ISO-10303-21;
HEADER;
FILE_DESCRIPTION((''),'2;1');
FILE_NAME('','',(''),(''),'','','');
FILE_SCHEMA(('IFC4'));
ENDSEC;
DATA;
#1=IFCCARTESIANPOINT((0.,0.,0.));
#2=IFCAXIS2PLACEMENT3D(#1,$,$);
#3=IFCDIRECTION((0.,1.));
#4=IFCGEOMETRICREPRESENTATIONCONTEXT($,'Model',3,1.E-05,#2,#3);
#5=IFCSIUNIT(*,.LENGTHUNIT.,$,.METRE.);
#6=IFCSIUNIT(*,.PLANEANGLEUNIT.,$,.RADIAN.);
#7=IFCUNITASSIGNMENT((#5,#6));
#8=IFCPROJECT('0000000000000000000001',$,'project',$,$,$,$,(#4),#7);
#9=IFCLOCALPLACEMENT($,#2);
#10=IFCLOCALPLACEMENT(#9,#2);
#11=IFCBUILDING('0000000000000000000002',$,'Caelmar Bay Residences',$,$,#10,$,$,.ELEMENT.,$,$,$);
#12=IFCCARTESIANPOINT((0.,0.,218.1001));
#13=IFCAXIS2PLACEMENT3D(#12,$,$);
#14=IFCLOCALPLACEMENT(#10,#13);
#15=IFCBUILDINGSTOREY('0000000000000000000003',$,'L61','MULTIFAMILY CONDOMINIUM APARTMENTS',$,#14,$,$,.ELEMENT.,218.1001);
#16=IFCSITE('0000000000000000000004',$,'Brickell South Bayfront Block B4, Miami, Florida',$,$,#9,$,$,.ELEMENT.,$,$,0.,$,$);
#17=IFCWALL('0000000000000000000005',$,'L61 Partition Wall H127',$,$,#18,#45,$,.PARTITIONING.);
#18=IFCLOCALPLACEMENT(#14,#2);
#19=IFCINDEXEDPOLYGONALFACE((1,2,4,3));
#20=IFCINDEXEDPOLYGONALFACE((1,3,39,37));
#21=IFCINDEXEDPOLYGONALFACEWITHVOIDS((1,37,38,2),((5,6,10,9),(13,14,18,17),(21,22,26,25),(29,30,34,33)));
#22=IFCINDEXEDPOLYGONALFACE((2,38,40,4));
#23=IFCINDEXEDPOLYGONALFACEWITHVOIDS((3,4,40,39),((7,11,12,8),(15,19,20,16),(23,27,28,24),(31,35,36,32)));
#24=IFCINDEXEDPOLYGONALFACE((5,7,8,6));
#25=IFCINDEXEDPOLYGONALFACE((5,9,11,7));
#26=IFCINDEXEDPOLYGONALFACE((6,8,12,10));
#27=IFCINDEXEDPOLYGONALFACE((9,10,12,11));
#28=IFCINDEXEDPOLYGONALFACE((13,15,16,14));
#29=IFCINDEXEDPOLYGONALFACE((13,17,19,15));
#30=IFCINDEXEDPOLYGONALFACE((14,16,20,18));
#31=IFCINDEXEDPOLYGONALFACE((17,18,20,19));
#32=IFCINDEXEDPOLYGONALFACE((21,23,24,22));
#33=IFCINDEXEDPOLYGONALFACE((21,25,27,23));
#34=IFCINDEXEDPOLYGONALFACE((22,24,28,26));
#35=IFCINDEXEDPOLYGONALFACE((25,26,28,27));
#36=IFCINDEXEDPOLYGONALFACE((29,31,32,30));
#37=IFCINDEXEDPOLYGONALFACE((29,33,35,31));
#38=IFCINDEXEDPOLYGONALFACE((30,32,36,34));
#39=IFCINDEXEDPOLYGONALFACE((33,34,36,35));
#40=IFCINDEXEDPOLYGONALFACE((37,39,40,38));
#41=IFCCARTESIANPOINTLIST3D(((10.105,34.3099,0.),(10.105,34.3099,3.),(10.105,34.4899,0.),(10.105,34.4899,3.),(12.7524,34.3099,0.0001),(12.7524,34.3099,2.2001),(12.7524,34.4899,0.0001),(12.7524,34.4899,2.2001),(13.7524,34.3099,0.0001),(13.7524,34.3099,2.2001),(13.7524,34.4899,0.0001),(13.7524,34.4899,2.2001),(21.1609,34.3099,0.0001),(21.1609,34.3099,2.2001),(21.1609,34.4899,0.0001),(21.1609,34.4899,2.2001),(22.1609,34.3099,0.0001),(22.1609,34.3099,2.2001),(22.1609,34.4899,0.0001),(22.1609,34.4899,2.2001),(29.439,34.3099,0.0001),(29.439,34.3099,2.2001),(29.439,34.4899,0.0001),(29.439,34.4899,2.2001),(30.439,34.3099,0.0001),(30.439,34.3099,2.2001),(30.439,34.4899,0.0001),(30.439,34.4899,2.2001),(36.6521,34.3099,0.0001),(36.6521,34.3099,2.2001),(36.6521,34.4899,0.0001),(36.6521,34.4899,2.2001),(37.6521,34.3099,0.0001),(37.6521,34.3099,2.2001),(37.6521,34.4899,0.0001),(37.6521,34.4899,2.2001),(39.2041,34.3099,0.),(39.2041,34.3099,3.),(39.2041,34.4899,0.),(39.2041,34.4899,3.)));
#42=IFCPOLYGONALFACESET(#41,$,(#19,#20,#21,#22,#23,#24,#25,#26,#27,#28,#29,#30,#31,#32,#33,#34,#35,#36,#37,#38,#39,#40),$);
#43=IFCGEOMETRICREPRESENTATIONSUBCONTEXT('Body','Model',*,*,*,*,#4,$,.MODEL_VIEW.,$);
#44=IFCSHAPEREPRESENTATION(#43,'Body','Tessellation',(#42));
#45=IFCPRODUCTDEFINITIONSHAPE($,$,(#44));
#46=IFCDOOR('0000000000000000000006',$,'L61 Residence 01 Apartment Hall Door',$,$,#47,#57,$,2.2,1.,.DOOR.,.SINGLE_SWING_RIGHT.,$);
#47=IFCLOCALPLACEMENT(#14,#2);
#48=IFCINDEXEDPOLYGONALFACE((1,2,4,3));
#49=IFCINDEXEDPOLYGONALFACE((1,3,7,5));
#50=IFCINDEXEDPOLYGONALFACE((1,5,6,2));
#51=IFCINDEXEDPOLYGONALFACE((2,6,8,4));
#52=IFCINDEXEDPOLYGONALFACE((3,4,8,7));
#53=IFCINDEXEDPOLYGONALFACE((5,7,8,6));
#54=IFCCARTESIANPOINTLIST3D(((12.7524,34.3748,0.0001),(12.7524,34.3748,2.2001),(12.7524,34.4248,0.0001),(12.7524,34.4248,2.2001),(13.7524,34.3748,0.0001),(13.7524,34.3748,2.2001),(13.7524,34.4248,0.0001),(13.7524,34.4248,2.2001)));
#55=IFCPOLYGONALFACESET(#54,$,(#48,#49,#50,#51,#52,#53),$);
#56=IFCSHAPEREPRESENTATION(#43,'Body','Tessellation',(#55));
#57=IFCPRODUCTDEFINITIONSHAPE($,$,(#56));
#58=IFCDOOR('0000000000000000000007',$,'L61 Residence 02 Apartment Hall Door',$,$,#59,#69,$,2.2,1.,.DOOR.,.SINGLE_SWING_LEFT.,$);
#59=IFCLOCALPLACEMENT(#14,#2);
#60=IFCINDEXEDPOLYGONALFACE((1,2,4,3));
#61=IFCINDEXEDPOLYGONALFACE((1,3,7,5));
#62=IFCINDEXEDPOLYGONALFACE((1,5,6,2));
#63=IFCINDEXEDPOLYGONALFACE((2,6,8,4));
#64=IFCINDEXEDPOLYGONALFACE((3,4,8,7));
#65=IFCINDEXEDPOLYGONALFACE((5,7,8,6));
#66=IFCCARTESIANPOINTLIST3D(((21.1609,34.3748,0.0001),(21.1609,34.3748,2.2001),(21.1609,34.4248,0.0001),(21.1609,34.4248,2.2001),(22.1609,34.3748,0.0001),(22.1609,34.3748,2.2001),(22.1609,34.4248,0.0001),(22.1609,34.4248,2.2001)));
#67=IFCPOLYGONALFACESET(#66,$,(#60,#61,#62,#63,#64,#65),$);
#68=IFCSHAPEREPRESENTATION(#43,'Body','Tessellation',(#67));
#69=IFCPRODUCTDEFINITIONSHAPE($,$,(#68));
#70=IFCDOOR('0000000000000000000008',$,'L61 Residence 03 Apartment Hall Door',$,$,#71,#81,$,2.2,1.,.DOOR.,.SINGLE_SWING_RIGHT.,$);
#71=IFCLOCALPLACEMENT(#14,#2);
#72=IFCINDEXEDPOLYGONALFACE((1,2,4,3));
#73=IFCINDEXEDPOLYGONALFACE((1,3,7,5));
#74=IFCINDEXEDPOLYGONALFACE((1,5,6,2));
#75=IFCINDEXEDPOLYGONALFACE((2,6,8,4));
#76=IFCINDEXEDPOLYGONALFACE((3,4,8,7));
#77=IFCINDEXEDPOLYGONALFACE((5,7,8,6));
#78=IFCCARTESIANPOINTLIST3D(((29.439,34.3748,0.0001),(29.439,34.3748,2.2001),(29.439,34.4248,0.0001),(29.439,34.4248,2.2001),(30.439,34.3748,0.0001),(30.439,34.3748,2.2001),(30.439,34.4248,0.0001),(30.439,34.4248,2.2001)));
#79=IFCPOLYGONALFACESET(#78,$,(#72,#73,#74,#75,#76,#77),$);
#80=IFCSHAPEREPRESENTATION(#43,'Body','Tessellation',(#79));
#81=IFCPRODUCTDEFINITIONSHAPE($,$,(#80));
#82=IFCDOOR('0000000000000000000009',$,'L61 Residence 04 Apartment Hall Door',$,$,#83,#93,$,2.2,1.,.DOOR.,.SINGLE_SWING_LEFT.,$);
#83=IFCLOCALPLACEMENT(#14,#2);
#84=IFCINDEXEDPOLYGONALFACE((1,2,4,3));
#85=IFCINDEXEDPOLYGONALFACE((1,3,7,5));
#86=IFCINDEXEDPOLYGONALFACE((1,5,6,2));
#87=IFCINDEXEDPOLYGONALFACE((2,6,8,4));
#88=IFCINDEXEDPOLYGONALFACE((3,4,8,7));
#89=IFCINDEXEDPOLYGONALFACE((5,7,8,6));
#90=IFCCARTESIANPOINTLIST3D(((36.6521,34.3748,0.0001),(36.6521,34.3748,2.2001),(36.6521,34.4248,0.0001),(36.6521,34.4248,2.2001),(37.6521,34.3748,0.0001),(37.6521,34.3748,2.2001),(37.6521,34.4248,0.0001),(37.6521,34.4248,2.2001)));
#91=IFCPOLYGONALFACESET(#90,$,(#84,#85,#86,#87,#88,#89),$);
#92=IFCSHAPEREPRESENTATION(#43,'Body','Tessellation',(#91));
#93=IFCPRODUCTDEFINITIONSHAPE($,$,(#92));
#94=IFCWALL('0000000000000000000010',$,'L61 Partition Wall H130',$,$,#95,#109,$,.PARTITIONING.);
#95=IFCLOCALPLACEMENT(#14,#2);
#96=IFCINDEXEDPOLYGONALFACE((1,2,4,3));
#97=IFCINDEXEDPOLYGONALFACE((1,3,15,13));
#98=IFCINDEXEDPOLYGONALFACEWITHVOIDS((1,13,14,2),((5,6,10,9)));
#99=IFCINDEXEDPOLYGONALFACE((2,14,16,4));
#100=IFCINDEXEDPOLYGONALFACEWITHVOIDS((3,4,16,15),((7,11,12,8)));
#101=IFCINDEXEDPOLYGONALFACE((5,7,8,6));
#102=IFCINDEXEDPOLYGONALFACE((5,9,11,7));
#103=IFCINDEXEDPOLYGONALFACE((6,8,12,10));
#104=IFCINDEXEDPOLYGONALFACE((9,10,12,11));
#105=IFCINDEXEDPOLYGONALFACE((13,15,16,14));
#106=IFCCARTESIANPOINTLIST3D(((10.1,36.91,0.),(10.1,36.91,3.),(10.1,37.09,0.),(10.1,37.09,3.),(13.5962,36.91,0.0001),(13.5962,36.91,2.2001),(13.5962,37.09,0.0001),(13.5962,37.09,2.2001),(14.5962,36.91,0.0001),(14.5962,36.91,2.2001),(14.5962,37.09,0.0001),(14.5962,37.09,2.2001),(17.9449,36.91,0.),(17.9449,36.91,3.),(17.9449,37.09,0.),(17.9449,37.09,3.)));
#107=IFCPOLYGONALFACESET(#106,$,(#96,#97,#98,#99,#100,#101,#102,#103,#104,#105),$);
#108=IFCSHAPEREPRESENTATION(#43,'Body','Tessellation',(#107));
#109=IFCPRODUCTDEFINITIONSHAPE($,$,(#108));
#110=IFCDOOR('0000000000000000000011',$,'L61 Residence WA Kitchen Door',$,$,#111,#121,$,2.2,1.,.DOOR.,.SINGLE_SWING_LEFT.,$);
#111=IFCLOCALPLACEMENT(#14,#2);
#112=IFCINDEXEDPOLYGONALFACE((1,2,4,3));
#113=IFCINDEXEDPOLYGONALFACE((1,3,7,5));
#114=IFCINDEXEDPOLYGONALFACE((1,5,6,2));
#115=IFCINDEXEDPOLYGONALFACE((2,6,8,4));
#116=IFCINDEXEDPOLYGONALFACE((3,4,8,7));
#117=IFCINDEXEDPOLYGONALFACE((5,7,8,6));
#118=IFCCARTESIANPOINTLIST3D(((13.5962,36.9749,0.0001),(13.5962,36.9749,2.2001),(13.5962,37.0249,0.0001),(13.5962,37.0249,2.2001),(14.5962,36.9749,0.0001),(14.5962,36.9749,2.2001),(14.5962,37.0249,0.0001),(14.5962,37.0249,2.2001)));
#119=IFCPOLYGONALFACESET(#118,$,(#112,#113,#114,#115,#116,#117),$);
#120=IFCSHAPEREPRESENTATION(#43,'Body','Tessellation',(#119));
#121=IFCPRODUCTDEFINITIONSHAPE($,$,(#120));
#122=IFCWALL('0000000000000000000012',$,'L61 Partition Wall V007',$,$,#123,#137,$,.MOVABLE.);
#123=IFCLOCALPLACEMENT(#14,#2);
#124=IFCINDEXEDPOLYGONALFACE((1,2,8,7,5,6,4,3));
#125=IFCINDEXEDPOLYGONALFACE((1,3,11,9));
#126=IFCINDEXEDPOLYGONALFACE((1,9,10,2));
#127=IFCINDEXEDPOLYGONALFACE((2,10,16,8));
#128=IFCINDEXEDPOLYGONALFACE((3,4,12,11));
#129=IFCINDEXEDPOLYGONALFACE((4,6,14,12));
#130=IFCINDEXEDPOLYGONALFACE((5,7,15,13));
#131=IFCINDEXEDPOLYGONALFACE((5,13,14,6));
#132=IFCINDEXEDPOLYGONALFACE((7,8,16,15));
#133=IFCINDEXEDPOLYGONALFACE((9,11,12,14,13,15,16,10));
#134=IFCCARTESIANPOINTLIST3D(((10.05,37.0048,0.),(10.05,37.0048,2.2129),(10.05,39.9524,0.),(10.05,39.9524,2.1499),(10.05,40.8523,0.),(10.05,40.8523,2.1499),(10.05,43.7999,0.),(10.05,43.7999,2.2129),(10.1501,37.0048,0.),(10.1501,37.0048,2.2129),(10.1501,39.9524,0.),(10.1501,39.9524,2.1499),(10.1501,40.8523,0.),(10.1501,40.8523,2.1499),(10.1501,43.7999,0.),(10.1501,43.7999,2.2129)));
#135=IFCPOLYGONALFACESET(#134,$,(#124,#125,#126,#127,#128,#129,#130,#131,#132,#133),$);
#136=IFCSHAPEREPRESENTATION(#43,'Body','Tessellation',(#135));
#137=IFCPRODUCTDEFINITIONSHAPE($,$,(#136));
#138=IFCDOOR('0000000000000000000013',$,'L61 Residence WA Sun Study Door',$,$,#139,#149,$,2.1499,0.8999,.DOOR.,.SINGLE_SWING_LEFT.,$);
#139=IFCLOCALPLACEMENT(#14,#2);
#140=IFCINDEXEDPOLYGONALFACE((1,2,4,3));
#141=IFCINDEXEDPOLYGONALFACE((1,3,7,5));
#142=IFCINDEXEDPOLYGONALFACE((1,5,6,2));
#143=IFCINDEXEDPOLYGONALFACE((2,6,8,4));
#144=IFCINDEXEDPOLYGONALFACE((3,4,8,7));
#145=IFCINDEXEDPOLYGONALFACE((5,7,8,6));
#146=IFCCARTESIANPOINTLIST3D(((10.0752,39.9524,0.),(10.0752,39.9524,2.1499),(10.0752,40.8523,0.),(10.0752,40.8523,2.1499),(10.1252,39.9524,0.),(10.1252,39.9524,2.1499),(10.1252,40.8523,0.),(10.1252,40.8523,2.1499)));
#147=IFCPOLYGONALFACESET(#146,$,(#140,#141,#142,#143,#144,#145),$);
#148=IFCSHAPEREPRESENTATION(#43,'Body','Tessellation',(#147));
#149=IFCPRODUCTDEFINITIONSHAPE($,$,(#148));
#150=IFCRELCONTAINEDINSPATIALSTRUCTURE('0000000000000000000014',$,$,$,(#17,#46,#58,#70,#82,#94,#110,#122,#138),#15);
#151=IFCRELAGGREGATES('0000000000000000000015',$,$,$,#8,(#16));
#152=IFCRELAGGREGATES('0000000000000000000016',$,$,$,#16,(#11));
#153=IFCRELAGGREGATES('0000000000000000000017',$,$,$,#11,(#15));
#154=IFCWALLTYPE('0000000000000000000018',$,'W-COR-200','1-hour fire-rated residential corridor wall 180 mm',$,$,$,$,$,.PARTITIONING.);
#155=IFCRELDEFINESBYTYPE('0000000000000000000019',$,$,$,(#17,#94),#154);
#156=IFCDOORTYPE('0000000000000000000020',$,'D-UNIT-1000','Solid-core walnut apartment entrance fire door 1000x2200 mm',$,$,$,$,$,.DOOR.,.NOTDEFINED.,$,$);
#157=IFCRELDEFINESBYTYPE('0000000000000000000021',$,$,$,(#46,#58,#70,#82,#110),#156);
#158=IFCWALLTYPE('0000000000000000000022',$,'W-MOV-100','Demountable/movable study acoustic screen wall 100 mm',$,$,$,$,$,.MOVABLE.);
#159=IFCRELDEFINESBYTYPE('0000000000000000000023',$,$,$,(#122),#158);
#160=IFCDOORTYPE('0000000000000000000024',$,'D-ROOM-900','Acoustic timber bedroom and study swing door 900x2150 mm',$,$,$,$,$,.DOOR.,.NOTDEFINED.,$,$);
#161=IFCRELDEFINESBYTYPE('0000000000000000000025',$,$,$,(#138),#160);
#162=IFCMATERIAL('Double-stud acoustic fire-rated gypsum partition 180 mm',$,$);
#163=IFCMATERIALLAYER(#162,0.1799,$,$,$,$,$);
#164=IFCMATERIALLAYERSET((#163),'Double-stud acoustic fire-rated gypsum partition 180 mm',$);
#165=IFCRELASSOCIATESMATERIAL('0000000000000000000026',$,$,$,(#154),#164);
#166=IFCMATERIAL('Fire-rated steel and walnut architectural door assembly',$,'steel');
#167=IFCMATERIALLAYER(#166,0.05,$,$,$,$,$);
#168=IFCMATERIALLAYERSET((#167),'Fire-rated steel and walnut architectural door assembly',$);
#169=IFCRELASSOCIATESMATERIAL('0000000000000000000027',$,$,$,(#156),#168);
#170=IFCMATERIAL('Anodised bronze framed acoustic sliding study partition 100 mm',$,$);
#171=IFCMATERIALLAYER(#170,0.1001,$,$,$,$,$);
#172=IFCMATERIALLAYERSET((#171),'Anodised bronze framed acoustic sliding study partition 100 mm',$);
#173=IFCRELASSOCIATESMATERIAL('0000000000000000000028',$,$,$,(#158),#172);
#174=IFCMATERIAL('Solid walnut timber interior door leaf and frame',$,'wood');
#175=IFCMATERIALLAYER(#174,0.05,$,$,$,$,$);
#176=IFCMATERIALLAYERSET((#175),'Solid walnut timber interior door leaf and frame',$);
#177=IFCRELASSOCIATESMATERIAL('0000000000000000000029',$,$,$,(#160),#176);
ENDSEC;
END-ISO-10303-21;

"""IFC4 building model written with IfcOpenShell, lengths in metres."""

from ifc_helpers import new_model, si_unit, direction, frame, frame_2d, origin, place, context, subcontext, project, spatial, rectangle, extrude, material, layer, layer_set, type_object, element, fill, save


model = new_model("IFC4")

# Units and contexts
model_context = context("Model", 3, precision=1e-05, world=origin(), true_north=direction((0.0, 1.0)))
body_context = subcontext(model_context, "Body", "Model", "MODEL_VIEW")
ifc_project = project(units=[si_unit("LENGTHUNIT", "METRE"), si_unit("PLANEANGLEUNIT", "RADIAN")], contexts=[model_context])

# Site, building, storey
site_placement = place(None, origin())
site = spatial("IfcSite", under=ifc_project, at=site_placement, Name="Brickell South Bayfront Block B4, Miami, Florida", CompositionType="ELEMENT", RefElevation=0.0)
building_placement = place(site_placement, origin())
building = spatial("IfcBuilding", under=site, at=building_placement, Name="Caelmar Bay Residences", CompositionType="ELEMENT")
storey_placement = place(building_placement, frame((0.0, 0.0, 218.1001)))
storey = spatial("IfcBuildingStorey", under=building, at=storey_placement, Name="L61", Description="MULTIFAMILY CONDOMINIUM APARTMENTS", CompositionType="ELEMENT", Elevation=218.1001)

# Shared definitions
ifc_material_1 = material(Name="Fire-rated steel and walnut architectural door assembly", Category="steel")

# Shared definitions
ifc_material_2 = material(Name="Double-stud acoustic fire-rated gypsum partition 180 mm")
ifc_layer_1 = layer(ifc_material_2, 0.1799)
ifc_layer_set_1 = layer_set([ifc_layer_1], Name="Double-stud acoustic fire-rated gypsum partition 180 mm")
wall_type_1 = type_object("IfcWallType", Name="W-COR-200", Description="1-hour fire-rated residential corridor wall 180 mm", PredefinedType="PARTITIONING", material=ifc_layer_set_1)

# Wall, openings, doors
wall_1_placement = place(storey_placement, frame((10.105, 34.3999, 0.0), z_axis=(0.0, 0.0, 1.0), x_axis=(1.0, 0.0, 0.0)))
wall_1 = element("IfcWall", 1, at=wall_1_placement, inside=storey, type_object=wall_type_1, Name="L61 Partition Wall H127", PredefinedType="PARTITIONING", context=body_context, shape_type="SweptSolid", body=[
    extrude(rectangle(XDim=29.0991, YDim=0.1799, at=frame_2d((14.5496, 0.0))), origin(), (0.0, 0.0, 1.0), 3.0),
])
opening_1_placement = place(wall_1_placement, frame((2.6475, 0.0, 0.0)))
opening_1 = element("IfcOpeningElement", 2, at=opening_1_placement, cuts=wall_1, PredefinedType="OPENING", context=body_context, shape_type="SweptSolid", body=[
    extrude(rectangle(XDim=1.0, YDim=2.2, at=frame_2d((0.5, 1.1001))), frame((0.0, 0.0999, 0.0), z_axis=(0.0, -1.0, 0.0), x_axis=(1.0, 0.0, 0.0)), (0.0, 0.0, 1.0), 0.2),
])
opening_2_placement = place(wall_1_placement, frame((11.0559, 0.0, 0.0)))
opening_2 = element("IfcOpeningElement", 3, at=opening_2_placement, cuts=wall_1, PredefinedType="OPENING", context=body_context, shape_type="SweptSolid", body=[
    extrude(rectangle(XDim=1.0, YDim=2.2, at=frame_2d((0.5, 1.1001))), frame((0.0, 0.0999, 0.0), z_axis=(0.0, -1.0, 0.0), x_axis=(1.0, 0.0, 0.0)), (0.0, 0.0, 1.0), 0.2),
])
opening_3_placement = place(wall_1_placement, frame((19.334, 0.0, 0.0)))
opening_3 = element("IfcOpeningElement", 4, at=opening_3_placement, cuts=wall_1, PredefinedType="OPENING", context=body_context, shape_type="SweptSolid", body=[
    extrude(rectangle(XDim=1.0, YDim=2.2, at=frame_2d((0.5, 1.1001))), frame((0.0, 0.0999, 0.0), z_axis=(0.0, -1.0, 0.0), x_axis=(1.0, 0.0, 0.0)), (0.0, 0.0, 1.0), 0.2),
])
opening_4_placement = place(wall_1_placement, frame((26.5471, 0.0, 0.0)))
opening_4 = element("IfcOpeningElement", 5, at=opening_4_placement, cuts=wall_1, PredefinedType="OPENING", context=body_context, shape_type="SweptSolid", body=[
    extrude(rectangle(XDim=1.0, YDim=2.2, at=frame_2d((0.5, 1.1001))), frame((0.0, 0.0999, 0.0), z_axis=(0.0, -1.0, 0.0), x_axis=(1.0, 0.0, 0.0)), (0.0, 0.0, 1.0), 0.2),
])
ifc_layer_2 = layer(ifc_material_1, 0.05)
ifc_layer_set_2 = layer_set([ifc_layer_2], Name="Fire-rated steel and walnut architectural door assembly")
door_type_1 = type_object("IfcDoorType", Name="D-UNIT-1000", Description="Solid-core walnut apartment entrance fire door 1000x2200 mm", OperationType="NOTDEFINED", PredefinedType="DOOR", material=ifc_layer_set_2)
door_1_placement = place(opening_1_placement, origin())
door_1 = element("IfcDoor", 6, at=door_1_placement, inside=storey, type_object=door_type_1, Name="L61 Residence 01 Apartment Hall Door", OperationType="SINGLE_SWING_RIGHT", OverallHeight=2.2, OverallWidth=1.0, PredefinedType="DOOR", context=body_context, shape_type="SweptSolid", body=[
    extrude(rectangle(XDim=1.0, YDim=2.2, at=frame_2d((0.5, 1.1001))), frame((0.0, 0.0249, 0.0), z_axis=(0.0, -1.0, 0.0), x_axis=(1.0, 0.0, 0.0)), (0.0, 0.0, 1.0), 0.05),
])
fill(opening_1, door_1)
door_2_placement = place(opening_2_placement, origin())
door_2 = element("IfcDoor", 7, at=door_2_placement, inside=storey, type_object=door_type_1, Name="L61 Residence 02 Apartment Hall Door", OperationType="SINGLE_SWING_LEFT", OverallHeight=2.2, OverallWidth=1.0, PredefinedType="DOOR", context=body_context, shape_type="SweptSolid", body=[
    extrude(rectangle(XDim=1.0, YDim=2.2, at=frame_2d((0.5, 1.1001))), frame((0.0, 0.0249, 0.0), z_axis=(0.0, -1.0, 0.0), x_axis=(1.0, 0.0, 0.0)), (0.0, 0.0, 1.0), 0.05),
])
fill(opening_2, door_2)
door_3_placement = place(opening_3_placement, origin())
door_3 = element("IfcDoor", 8, at=door_3_placement, inside=storey, type_object=door_type_1, Name="L61 Residence 03 Apartment Hall Door", OperationType="SINGLE_SWING_RIGHT", OverallHeight=2.2, OverallWidth=1.0, PredefinedType="DOOR", context=body_context, shape_type="SweptSolid", body=[
    extrude(rectangle(XDim=1.0, YDim=2.2, at=frame_2d((0.5, 1.1001))), frame((0.0, 0.0249, 0.0), z_axis=(0.0, -1.0, 0.0), x_axis=(1.0, 0.0, 0.0)), (0.0, 0.0, 1.0), 0.05),
])
fill(opening_3, door_3)
door_4_placement = place(opening_4_placement, origin())
door_4 = element("IfcDoor", 9, at=door_4_placement, inside=storey, type_object=door_type_1, Name="L61 Residence 04 Apartment Hall Door", OperationType="SINGLE_SWING_LEFT", OverallHeight=2.2, OverallWidth=1.0, PredefinedType="DOOR", context=body_context, shape_type="SweptSolid", body=[
    extrude(rectangle(XDim=1.0, YDim=2.2, at=frame_2d((0.5, 1.1001))), frame((0.0, 0.0249, 0.0), z_axis=(0.0, -1.0, 0.0), x_axis=(1.0, 0.0, 0.0)), (0.0, 0.0, 1.0), 0.05),
])
fill(opening_4, door_4)

# Walls, openings, doors
wall_2_placement = place(storey_placement, frame((10.1001, 37.0, 0.0), z_axis=(0.0, 0.0, 1.0), x_axis=(1.0, 0.0, 0.0)))
wall_2 = element("IfcWall", 10, at=wall_2_placement, inside=storey, type_object=wall_type_1, Name="L61 Partition Wall H130", PredefinedType="PARTITIONING", context=body_context, shape_type="SweptSolid", body=[
    extrude(rectangle(XDim=7.845, YDim=0.1799, at=frame_2d((3.9224, 0.0))), origin(), (0.0, 0.0, 1.0), 3.0),
])
opening_5_placement = place(wall_2_placement, frame((3.4961, 0.0, 0.0)))
opening_5 = element("IfcOpeningElement", 11, at=opening_5_placement, cuts=wall_2, PredefinedType="OPENING", context=body_context, shape_type="SweptSolid", body=[
    extrude(rectangle(XDim=1.0, YDim=2.2, at=frame_2d((0.5, 1.1001))), frame((0.0, 0.0999, 0.0), z_axis=(0.0, -1.0, 0.0), x_axis=(1.0, 0.0, 0.0)), (0.0, 0.0, 1.0), 0.2),
])
door_5_placement = place(opening_5_placement, origin())
door_5 = element("IfcDoor", 12, at=door_5_placement, inside=storey, type_object=door_type_1, Name="L61 Residence WA Kitchen Door", OperationType="SINGLE_SWING_LEFT", OverallHeight=2.2, OverallWidth=1.0, PredefinedType="DOOR", context=body_context, shape_type="SweptSolid", body=[
    extrude(rectangle(XDim=1.0, YDim=2.2, at=frame_2d((0.5, 1.1001))), frame((0.0, 0.0249, 0.0), z_axis=(0.0, -1.0, 0.0), x_axis=(1.0, 0.0, 0.0)), (0.0, 0.0, 1.0), 0.05),
])
fill(opening_5, door_5)
ifc_material_3 = material(Name="Anodised bronze framed acoustic sliding study partition 100 mm")
ifc_layer_3 = layer(ifc_material_3, 0.1001)
ifc_layer_set_3 = layer_set([ifc_layer_3], Name="Anodised bronze framed acoustic sliding study partition 100 mm")
wall_type_2 = type_object("IfcWallType", Name="W-MOV-100", Description="Demountable/movable study acoustic screen wall 100 mm", PredefinedType="MOVABLE", material=ifc_layer_set_3)
wall_3_placement = place(storey_placement, frame((10.1001, 37.0049, 0.0), z_axis=(0.0, 0.0, 1.0), x_axis=(0.0, 1.0, 0.0)))
wall_3 = element("IfcWall", 13, at=wall_3_placement, inside=storey, type_object=wall_type_2, Name="L61 Partition Wall V007", PredefinedType="MOVABLE", context=body_context, shape_type="SweptSolid", body=[
    extrude(rectangle(XDim=6.7952, YDim=0.1001, at=frame_2d((3.3975, 0.0))), origin(), (0.0, 0.0, 1.0), 2.2129),
])
opening_6_placement = place(wall_3_placement, frame((2.9475, 0.0, 0.0)))
opening_6 = element("IfcOpeningElement", 14, at=opening_6_placement, cuts=wall_3, PredefinedType="OPENING", context=body_context, shape_type="SweptSolid", body=[
    extrude(rectangle(XDim=0.8999, YDim=2.1499, at=frame_2d((0.45, 1.075))), frame((0.0, 0.0601, 0.0), z_axis=(0.0, -1.0, 0.0), x_axis=(1.0, 0.0, 0.0)), (0.0, 0.0, 1.0), 0.1201),
])
ifc_material_4 = material(Name="Solid walnut timber interior door leaf and frame", Category="wood")
ifc_layer_4 = layer(ifc_material_4, 0.05)
ifc_layer_set_4 = layer_set([ifc_layer_4], Name="Solid walnut timber interior door leaf and frame")
door_type_2 = type_object("IfcDoorType", Name="D-ROOM-900", Description="Acoustic timber bedroom and study swing door 900x2150 mm", OperationType="NOTDEFINED", PredefinedType="DOOR", material=ifc_layer_set_4)
door_6_placement = place(opening_6_placement, origin())
door_6 = element("IfcDoor", 15, at=door_6_placement, inside=storey, type_object=door_type_2, Name="L61 Residence WA Sun Study Door", OperationType="SINGLE_SWING_LEFT", OverallHeight=2.1499, OverallWidth=0.8999, PredefinedType="DOOR", context=body_context, shape_type="SweptSolid", body=[
    extrude(rectangle(XDim=0.8999, YDim=2.1499, at=frame_2d((0.45, 1.075))), frame((0.0, 0.0249, 0.0), z_axis=(0.0, -1.0, 0.0), x_axis=(1.0, 0.0, 0.0)), (0.0, 0.0, 1.0), 0.05),
])
fill(opening_6, door_6)

save(model, "model.ifc")
